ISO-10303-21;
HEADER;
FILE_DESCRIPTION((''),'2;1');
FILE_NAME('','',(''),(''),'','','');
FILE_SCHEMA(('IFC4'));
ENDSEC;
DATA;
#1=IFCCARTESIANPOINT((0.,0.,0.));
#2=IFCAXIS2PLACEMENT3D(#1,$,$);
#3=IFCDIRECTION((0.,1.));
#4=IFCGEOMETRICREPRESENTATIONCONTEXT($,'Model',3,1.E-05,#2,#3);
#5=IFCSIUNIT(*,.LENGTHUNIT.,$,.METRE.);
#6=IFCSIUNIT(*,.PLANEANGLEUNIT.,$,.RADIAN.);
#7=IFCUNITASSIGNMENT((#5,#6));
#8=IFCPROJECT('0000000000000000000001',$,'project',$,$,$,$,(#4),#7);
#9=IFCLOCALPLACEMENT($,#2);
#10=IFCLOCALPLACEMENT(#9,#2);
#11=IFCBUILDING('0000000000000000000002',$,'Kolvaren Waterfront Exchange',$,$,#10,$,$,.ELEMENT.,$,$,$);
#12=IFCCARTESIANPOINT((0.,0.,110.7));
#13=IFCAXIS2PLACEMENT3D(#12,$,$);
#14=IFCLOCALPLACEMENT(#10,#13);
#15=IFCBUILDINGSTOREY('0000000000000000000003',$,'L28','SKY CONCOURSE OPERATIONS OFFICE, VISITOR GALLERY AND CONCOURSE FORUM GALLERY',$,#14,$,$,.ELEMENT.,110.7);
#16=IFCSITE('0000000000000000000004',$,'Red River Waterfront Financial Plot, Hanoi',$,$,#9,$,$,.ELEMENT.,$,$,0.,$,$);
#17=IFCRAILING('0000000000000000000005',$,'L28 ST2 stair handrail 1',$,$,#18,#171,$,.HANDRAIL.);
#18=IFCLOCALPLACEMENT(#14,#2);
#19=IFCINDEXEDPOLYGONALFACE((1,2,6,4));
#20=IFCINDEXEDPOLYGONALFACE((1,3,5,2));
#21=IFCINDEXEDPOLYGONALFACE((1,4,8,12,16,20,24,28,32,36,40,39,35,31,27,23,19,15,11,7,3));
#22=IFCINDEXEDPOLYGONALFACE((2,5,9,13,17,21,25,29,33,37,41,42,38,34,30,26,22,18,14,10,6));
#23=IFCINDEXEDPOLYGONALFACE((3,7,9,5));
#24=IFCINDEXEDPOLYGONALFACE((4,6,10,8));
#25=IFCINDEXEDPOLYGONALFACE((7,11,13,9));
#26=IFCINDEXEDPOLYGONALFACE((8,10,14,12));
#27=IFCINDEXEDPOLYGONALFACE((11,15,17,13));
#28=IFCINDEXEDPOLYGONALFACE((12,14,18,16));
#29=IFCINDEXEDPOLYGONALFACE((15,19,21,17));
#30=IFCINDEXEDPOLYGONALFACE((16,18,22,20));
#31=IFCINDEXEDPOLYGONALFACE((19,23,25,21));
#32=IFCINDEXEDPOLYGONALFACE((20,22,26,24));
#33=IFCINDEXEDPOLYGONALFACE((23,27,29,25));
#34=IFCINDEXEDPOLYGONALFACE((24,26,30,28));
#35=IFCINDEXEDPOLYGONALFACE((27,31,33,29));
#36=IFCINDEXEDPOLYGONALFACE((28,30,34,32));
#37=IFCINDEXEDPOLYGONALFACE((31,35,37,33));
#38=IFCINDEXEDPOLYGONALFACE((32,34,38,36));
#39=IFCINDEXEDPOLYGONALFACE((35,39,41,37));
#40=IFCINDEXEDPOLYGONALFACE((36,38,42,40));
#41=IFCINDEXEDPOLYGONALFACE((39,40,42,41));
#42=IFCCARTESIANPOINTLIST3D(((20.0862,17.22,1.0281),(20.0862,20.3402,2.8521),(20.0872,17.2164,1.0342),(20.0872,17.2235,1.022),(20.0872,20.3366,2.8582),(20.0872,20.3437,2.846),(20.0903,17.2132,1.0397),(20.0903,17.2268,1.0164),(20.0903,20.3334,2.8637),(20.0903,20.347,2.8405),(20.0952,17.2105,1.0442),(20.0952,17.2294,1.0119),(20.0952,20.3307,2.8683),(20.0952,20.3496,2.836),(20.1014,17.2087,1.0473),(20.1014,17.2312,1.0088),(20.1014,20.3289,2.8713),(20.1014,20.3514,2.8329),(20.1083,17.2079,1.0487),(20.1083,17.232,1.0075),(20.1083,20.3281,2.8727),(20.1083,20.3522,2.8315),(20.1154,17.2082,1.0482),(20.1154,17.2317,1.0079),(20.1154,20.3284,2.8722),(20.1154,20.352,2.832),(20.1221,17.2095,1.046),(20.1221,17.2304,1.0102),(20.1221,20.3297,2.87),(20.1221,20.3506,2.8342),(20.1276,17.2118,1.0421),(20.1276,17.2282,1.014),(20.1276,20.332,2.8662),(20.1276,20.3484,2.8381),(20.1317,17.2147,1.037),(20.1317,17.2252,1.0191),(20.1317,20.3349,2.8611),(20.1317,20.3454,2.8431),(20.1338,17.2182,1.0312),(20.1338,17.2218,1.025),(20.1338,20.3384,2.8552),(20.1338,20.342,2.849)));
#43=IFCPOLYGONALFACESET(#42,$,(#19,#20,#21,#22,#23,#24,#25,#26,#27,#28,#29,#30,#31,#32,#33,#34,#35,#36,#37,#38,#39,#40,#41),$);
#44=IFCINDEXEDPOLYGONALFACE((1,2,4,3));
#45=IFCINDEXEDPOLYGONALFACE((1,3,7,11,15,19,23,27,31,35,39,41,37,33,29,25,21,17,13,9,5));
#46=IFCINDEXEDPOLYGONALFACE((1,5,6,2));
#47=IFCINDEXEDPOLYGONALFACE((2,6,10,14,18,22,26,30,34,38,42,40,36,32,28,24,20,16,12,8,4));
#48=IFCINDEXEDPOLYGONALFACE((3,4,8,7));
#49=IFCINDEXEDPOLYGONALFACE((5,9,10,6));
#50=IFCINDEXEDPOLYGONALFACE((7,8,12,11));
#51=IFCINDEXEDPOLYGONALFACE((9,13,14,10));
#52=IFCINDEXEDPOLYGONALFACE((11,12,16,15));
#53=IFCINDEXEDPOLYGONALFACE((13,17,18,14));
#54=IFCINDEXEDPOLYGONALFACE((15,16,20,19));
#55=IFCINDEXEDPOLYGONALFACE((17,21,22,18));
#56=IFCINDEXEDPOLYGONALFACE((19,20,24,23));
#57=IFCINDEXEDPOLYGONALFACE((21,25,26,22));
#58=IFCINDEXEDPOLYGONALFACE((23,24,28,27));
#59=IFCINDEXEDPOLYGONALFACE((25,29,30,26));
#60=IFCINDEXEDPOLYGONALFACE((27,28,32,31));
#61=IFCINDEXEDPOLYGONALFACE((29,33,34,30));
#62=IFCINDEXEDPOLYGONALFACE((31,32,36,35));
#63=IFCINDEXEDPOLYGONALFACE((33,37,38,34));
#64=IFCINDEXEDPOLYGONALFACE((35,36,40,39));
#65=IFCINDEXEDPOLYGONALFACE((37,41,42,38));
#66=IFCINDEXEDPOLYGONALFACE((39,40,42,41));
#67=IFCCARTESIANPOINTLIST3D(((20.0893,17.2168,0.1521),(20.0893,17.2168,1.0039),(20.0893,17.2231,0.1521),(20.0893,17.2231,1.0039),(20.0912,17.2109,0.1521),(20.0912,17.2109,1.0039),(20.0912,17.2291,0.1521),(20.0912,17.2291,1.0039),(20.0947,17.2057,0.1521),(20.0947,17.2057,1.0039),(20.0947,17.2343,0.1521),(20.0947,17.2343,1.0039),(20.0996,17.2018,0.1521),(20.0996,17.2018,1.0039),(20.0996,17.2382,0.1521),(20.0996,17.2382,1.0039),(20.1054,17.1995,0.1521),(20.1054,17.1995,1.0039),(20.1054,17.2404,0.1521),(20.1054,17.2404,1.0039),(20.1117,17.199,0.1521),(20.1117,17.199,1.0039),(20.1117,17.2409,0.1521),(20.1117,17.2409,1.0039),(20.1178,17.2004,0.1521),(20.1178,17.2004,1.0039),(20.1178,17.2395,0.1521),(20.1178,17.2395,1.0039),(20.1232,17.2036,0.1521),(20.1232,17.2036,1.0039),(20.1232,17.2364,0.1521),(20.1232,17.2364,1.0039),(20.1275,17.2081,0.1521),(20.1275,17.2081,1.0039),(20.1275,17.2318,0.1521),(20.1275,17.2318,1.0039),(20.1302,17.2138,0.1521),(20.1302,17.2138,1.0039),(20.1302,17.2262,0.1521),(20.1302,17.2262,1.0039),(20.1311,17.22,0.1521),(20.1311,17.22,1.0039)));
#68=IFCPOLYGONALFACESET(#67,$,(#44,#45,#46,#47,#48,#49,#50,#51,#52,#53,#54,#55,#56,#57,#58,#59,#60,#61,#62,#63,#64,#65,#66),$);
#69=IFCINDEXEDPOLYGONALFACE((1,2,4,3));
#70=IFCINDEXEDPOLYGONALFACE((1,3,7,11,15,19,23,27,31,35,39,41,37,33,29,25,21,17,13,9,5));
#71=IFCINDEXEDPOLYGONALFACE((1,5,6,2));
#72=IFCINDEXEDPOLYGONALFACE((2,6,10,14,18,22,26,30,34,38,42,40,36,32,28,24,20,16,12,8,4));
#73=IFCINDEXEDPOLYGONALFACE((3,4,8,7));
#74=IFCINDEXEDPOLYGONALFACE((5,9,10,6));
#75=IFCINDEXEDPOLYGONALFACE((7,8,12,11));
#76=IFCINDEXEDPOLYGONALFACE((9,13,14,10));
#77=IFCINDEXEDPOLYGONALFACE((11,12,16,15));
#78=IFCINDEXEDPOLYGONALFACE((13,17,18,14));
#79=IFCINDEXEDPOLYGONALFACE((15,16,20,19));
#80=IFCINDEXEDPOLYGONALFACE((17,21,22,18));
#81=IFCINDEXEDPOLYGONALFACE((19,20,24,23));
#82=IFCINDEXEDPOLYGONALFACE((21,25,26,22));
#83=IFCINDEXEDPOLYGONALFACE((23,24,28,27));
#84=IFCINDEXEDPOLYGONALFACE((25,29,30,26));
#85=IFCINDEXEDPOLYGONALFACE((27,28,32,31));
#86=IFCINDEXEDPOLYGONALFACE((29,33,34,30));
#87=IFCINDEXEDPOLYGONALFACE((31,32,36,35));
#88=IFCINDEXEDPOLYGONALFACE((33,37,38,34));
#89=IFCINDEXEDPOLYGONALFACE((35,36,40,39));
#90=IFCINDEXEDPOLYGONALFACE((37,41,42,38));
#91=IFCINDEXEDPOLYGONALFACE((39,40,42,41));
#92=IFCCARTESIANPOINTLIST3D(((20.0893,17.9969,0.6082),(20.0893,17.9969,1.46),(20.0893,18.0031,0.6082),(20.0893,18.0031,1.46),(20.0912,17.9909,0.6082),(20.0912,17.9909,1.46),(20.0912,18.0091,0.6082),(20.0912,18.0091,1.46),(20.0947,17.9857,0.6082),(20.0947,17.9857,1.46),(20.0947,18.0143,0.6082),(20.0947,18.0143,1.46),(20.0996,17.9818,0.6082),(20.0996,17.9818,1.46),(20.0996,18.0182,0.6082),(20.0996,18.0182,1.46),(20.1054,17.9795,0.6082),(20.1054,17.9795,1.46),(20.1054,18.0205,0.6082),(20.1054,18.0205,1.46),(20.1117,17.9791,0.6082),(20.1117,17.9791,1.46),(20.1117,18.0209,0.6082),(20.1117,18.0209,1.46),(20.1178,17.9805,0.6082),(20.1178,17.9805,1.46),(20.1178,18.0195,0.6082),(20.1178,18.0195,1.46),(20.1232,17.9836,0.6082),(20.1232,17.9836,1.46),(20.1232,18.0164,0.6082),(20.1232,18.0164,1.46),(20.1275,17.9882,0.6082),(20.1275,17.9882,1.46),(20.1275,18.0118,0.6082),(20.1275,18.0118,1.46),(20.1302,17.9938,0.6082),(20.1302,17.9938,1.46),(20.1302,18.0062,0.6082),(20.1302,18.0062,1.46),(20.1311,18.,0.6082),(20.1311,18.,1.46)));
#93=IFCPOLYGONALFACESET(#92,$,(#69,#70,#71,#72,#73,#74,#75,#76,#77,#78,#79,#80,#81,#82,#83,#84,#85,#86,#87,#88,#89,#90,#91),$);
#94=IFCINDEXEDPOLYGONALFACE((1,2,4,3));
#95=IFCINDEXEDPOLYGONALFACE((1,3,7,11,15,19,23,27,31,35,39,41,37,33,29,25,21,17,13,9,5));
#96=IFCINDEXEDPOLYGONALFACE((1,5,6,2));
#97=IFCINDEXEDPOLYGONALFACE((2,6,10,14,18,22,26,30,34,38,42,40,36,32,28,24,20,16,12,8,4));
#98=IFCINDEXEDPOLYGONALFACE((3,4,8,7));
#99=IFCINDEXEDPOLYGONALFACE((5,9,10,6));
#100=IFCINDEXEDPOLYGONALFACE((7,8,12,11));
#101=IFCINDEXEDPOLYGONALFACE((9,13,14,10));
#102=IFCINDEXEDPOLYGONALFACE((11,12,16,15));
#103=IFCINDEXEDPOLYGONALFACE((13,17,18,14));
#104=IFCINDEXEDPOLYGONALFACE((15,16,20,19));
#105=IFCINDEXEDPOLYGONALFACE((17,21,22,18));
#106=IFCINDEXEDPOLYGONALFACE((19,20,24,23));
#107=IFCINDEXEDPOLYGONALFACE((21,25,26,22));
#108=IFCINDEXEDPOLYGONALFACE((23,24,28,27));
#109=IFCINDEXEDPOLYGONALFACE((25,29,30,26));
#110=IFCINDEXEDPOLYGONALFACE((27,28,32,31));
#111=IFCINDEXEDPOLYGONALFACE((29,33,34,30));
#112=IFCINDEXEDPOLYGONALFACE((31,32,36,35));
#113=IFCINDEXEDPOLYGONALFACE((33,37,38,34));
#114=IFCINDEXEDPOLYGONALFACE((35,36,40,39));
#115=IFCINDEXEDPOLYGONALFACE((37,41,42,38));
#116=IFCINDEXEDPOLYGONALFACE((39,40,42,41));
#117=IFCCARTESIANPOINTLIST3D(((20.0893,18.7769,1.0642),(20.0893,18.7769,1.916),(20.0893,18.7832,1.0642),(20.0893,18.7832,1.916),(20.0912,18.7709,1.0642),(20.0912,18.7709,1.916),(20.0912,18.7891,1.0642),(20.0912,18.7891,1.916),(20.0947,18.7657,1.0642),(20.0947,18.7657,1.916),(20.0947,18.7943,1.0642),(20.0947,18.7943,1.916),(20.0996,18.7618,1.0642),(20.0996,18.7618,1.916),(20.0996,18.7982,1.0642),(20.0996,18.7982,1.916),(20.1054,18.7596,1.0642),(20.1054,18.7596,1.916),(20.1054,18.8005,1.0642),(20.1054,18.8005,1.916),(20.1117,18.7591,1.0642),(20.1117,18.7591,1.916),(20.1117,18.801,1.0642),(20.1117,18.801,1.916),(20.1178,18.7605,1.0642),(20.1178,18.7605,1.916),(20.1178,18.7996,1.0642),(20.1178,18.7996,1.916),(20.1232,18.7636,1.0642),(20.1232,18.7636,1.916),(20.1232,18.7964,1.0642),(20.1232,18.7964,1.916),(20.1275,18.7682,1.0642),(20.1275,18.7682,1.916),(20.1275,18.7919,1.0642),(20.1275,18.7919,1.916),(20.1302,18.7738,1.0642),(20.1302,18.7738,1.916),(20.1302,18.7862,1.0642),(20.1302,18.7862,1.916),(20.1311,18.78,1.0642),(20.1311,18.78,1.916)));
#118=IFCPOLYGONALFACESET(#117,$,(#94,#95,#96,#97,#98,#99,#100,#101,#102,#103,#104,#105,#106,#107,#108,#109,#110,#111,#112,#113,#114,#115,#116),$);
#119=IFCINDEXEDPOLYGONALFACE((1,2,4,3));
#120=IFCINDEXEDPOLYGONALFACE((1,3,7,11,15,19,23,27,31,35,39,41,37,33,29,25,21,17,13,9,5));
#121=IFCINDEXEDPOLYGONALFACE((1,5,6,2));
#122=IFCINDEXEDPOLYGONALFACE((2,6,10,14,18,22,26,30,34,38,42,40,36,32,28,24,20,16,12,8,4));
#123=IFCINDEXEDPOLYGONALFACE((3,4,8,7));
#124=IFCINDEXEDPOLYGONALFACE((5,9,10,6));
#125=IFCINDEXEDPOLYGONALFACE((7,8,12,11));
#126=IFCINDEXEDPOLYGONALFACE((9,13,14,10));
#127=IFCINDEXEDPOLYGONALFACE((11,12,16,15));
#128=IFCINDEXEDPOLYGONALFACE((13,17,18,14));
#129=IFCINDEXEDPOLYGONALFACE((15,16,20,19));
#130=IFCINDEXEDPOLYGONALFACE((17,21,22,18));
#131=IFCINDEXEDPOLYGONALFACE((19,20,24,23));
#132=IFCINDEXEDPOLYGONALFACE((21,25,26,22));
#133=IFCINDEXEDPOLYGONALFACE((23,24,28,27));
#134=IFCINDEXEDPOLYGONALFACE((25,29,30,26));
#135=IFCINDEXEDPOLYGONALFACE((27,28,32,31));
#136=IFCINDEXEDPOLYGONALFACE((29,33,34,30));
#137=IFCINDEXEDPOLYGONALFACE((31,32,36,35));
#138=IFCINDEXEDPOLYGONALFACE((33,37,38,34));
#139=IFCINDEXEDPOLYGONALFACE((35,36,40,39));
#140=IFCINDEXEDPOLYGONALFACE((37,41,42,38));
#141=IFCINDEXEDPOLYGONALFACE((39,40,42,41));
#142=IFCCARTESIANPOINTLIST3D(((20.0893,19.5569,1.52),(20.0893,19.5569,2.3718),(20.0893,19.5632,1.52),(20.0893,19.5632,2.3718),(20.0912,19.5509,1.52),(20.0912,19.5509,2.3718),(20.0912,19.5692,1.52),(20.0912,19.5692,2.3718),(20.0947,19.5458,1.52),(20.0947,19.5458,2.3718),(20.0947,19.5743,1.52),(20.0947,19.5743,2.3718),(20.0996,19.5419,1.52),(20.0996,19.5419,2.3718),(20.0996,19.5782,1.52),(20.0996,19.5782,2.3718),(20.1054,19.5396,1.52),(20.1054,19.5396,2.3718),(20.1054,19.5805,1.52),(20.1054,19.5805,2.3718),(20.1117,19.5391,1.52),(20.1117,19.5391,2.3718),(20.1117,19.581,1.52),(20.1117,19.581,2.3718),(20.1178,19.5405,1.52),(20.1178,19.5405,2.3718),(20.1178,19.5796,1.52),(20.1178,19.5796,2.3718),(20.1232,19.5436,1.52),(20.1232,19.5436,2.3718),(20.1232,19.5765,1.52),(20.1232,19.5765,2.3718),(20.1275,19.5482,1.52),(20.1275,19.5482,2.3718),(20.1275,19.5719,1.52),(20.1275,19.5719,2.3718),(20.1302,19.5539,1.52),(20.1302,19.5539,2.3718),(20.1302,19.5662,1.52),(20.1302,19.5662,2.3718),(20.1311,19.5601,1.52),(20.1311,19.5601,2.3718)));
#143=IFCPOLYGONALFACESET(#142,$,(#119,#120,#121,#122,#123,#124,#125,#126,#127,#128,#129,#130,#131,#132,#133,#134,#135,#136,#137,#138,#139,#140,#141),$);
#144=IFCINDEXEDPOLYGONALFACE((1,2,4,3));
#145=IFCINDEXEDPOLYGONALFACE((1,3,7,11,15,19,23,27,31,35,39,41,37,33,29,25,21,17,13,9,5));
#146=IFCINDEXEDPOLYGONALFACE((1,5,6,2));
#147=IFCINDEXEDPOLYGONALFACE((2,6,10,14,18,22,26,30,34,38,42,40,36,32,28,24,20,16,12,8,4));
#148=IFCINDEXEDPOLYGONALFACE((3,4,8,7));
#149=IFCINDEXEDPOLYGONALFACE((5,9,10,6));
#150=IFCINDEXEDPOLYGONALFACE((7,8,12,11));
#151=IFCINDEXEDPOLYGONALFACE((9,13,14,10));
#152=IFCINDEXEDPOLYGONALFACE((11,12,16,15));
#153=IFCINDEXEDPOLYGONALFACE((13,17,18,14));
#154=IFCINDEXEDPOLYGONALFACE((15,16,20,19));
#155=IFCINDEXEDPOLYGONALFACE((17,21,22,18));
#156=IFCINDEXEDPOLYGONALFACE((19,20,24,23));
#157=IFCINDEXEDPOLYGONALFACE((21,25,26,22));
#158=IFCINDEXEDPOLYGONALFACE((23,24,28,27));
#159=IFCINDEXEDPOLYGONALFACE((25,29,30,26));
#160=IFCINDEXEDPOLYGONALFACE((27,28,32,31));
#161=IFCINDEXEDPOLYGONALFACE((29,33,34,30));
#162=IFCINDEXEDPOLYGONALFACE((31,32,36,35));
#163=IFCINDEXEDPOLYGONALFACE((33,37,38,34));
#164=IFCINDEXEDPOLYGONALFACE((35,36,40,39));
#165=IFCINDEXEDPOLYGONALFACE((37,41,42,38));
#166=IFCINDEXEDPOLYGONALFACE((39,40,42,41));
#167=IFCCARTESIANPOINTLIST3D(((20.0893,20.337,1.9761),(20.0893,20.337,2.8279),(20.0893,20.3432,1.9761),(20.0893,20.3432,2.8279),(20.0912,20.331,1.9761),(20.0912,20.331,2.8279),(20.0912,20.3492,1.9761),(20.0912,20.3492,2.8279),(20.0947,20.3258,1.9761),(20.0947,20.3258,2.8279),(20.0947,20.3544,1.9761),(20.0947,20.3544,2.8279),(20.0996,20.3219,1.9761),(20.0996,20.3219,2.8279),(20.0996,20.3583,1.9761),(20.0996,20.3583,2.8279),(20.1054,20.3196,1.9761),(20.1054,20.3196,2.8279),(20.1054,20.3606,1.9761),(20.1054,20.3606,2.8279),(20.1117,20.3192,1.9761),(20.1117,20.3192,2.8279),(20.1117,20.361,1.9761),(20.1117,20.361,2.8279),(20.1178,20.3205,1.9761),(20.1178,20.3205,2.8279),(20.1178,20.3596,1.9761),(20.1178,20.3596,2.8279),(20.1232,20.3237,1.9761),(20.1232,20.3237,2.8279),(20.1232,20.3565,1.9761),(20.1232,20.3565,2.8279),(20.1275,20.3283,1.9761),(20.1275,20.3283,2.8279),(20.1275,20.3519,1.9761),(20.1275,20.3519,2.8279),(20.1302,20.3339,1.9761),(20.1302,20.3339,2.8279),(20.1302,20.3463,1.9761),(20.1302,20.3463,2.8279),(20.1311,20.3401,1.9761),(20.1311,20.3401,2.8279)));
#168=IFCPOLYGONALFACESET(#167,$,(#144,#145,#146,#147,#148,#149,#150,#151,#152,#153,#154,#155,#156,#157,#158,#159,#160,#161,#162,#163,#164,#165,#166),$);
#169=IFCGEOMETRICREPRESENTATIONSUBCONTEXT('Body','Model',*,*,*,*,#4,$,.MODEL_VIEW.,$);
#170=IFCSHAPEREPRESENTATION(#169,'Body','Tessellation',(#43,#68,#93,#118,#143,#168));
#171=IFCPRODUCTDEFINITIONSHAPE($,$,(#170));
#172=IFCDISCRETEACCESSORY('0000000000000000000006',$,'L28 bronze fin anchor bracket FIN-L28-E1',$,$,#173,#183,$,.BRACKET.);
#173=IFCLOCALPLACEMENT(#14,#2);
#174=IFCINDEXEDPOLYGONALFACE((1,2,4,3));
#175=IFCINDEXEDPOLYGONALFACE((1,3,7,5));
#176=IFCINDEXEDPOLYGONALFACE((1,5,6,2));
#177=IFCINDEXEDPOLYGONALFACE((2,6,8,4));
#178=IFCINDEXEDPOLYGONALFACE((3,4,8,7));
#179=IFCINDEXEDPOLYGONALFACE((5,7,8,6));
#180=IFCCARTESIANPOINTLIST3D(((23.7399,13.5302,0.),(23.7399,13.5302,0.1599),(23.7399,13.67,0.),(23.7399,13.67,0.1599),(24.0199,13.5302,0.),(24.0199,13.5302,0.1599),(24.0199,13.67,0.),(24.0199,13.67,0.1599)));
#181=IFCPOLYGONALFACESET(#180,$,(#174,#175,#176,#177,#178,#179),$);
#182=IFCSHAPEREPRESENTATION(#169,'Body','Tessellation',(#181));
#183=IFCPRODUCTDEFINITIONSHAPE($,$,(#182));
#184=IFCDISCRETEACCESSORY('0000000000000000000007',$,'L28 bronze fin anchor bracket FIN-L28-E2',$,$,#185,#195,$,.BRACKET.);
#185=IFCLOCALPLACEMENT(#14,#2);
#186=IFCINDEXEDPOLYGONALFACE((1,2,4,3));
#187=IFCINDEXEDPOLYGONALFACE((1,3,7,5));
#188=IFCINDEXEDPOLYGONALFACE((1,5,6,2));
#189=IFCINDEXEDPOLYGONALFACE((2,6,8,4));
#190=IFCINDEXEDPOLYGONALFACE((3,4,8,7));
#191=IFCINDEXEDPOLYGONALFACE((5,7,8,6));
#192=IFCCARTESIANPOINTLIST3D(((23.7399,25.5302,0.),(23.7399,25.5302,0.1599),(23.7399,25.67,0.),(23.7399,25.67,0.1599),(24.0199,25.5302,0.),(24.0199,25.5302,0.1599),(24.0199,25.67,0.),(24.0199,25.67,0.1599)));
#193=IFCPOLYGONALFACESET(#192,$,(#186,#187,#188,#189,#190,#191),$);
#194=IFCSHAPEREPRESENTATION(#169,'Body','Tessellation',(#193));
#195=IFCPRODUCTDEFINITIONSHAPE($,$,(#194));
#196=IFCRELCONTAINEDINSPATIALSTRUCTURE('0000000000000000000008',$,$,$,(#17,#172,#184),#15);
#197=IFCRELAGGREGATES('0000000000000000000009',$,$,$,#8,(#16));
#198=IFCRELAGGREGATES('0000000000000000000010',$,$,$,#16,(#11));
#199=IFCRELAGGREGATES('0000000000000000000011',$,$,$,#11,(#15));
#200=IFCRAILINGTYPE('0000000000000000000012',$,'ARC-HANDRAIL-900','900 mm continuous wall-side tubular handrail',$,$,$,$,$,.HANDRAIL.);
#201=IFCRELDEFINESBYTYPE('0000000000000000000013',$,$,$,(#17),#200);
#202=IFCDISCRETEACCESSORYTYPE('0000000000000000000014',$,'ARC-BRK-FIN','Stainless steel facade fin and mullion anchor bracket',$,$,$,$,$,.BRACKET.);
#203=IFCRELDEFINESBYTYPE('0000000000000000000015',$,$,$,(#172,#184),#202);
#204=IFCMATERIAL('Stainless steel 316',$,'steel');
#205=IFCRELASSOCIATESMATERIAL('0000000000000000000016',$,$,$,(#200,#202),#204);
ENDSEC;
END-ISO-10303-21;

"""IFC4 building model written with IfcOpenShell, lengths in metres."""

from ifc_helpers import new_model, si_unit, direction, frame, origin, origin_with_axes, origin_2d, place, context, subcontext, project, spatial, rectangle, circle, extrude, source, transform, mapped, material, type_object, element, save


model = new_model("IFC4")

# Units and contexts
model_context = context("Model", 3, precision=1e-05, world=origin(), true_north=direction((0.0, 1.0)))
body_context = subcontext(model_context, "Body", "Model", "MODEL_VIEW")
ifc_project = project(units=[si_unit("LENGTHUNIT", "METRE"), si_unit("PLANEANGLEUNIT", "RADIAN")], contexts=[model_context])

# Site, building, storey
site_placement = place(None, origin())
site = spatial("IfcSite", under=ifc_project, at=site_placement, Name="Red River Waterfront Financial Plot, Hanoi", CompositionType="ELEMENT", RefElevation=0.0)
building_placement = place(site_placement, origin())
building = spatial("IfcBuilding", under=site, at=building_placement, Name="Kolvaren Waterfront Exchange", CompositionType="ELEMENT")
storey_placement = place(building_placement, frame((0.0, 0.0, 110.7)))
storey = spatial("IfcBuildingStorey", under=building, at=storey_placement, Name="L28", Description="SKY CONCOURSE OPERATIONS OFFICE, VISITOR GALLERY AND CONCOURSE FORUM GALLERY", CompositionType="ELEMENT", Elevation=110.7)

# Railing
ifc_material_1 = material(Name="Stainless steel 316", Category="steel")
railing_type = type_object("IfcRailingType", Name="ARC-HANDRAIL-900", Description="900 mm continuous wall-side tubular handrail", PredefinedType="HANDRAIL", material=ifc_material_1)
railing_placement = place(storey_placement, frame((20.1101, 17.22, 0.1521)))
element("IfcRailing", 1, at=railing_placement, inside=storey, type_object=railing_type, Name="L28 ST2 stair handrail 1", PredefinedType="HANDRAIL", context=body_context, shape_type="SweptSolid", body=[
    extrude(circle(Radius=0.0239, at=origin_2d()), frame((0.0, 0.0, 0.876), z_axis=(0.0, 0.863308, 0.504677), x_axis=(-1.0, 0.0, 0.0)), (0.0, 0.0, 1.0), 3.6143),
    extrude(circle(Radius=0.021, at=origin_2d()), origin(), (0.0, 0.0, 1.0), 0.8518),
    extrude(circle(Radius=0.021, at=origin_2d()), frame((0.0, 0.78, 0.4561)), (0.0, 0.0, 1.0), 0.8518),
    extrude(circle(Radius=0.021, at=origin_2d()), frame((0.0, 1.5601, 0.9121)), (0.0, 0.0, 1.0), 0.8518),
    extrude(circle(Radius=0.021, at=origin_2d()), frame((0.0, 2.3401, 1.3679)), (0.0, 0.0, 1.0), 0.8518),
    extrude(circle(Radius=0.021, at=origin_2d()), frame((0.0, 3.1201, 1.824)), (0.0, 0.0, 1.0), 0.8518),
])

# Discrete accessories
discrete_accessory_type = type_object("IfcDiscreteAccessoryType", Name="ARC-BRK-FIN", Description="Stainless steel facade fin and mullion anchor bracket", PredefinedType="BRACKET", material=ifc_material_1)
shared_shape_1 = source(origin_with_axes(), body_context, "Body", "SweptSolid", [
    extrude(rectangle(XDim=0.28, YDim=0.1399, at=origin_2d()), origin(), (0.0, 0.0, 1.0), 0.1599),
])
for number, where, z_axis, x_axis, name in (
    (2, (23.8799, 13.6001, 0.0), (0.0, 0.0, 1.0), (1.0, 0.0, 0.0), "L28 bronze fin anchor bracket FIN-L28-E1"),
    (3, (23.8799, 25.6001, 0.0), (0.0, 0.0, 1.0), (1.0, 0.0, 0.0), "L28 bronze fin anchor bracket FIN-L28-E2"),
):
    element("IfcDiscreteAccessory", number, at=place(storey_placement, frame(where, z_axis=z_axis, x_axis=x_axis)), inside=storey, type_object=discrete_accessory_type, Name=name, PredefinedType="BRACKET", context=body_context, shape_type="MappedRepresentation", body=[
        mapped(shared_shape_1, transform((0.0, 0.0, 0.0), x_axis=(1.0, 0.0, 0.0), y_axis=(0.0, 1.0, 0.0), z_axis=(0.0, 0.0, 1.0), scale=1.0)),
    ])

save(model, "model.ifc")
